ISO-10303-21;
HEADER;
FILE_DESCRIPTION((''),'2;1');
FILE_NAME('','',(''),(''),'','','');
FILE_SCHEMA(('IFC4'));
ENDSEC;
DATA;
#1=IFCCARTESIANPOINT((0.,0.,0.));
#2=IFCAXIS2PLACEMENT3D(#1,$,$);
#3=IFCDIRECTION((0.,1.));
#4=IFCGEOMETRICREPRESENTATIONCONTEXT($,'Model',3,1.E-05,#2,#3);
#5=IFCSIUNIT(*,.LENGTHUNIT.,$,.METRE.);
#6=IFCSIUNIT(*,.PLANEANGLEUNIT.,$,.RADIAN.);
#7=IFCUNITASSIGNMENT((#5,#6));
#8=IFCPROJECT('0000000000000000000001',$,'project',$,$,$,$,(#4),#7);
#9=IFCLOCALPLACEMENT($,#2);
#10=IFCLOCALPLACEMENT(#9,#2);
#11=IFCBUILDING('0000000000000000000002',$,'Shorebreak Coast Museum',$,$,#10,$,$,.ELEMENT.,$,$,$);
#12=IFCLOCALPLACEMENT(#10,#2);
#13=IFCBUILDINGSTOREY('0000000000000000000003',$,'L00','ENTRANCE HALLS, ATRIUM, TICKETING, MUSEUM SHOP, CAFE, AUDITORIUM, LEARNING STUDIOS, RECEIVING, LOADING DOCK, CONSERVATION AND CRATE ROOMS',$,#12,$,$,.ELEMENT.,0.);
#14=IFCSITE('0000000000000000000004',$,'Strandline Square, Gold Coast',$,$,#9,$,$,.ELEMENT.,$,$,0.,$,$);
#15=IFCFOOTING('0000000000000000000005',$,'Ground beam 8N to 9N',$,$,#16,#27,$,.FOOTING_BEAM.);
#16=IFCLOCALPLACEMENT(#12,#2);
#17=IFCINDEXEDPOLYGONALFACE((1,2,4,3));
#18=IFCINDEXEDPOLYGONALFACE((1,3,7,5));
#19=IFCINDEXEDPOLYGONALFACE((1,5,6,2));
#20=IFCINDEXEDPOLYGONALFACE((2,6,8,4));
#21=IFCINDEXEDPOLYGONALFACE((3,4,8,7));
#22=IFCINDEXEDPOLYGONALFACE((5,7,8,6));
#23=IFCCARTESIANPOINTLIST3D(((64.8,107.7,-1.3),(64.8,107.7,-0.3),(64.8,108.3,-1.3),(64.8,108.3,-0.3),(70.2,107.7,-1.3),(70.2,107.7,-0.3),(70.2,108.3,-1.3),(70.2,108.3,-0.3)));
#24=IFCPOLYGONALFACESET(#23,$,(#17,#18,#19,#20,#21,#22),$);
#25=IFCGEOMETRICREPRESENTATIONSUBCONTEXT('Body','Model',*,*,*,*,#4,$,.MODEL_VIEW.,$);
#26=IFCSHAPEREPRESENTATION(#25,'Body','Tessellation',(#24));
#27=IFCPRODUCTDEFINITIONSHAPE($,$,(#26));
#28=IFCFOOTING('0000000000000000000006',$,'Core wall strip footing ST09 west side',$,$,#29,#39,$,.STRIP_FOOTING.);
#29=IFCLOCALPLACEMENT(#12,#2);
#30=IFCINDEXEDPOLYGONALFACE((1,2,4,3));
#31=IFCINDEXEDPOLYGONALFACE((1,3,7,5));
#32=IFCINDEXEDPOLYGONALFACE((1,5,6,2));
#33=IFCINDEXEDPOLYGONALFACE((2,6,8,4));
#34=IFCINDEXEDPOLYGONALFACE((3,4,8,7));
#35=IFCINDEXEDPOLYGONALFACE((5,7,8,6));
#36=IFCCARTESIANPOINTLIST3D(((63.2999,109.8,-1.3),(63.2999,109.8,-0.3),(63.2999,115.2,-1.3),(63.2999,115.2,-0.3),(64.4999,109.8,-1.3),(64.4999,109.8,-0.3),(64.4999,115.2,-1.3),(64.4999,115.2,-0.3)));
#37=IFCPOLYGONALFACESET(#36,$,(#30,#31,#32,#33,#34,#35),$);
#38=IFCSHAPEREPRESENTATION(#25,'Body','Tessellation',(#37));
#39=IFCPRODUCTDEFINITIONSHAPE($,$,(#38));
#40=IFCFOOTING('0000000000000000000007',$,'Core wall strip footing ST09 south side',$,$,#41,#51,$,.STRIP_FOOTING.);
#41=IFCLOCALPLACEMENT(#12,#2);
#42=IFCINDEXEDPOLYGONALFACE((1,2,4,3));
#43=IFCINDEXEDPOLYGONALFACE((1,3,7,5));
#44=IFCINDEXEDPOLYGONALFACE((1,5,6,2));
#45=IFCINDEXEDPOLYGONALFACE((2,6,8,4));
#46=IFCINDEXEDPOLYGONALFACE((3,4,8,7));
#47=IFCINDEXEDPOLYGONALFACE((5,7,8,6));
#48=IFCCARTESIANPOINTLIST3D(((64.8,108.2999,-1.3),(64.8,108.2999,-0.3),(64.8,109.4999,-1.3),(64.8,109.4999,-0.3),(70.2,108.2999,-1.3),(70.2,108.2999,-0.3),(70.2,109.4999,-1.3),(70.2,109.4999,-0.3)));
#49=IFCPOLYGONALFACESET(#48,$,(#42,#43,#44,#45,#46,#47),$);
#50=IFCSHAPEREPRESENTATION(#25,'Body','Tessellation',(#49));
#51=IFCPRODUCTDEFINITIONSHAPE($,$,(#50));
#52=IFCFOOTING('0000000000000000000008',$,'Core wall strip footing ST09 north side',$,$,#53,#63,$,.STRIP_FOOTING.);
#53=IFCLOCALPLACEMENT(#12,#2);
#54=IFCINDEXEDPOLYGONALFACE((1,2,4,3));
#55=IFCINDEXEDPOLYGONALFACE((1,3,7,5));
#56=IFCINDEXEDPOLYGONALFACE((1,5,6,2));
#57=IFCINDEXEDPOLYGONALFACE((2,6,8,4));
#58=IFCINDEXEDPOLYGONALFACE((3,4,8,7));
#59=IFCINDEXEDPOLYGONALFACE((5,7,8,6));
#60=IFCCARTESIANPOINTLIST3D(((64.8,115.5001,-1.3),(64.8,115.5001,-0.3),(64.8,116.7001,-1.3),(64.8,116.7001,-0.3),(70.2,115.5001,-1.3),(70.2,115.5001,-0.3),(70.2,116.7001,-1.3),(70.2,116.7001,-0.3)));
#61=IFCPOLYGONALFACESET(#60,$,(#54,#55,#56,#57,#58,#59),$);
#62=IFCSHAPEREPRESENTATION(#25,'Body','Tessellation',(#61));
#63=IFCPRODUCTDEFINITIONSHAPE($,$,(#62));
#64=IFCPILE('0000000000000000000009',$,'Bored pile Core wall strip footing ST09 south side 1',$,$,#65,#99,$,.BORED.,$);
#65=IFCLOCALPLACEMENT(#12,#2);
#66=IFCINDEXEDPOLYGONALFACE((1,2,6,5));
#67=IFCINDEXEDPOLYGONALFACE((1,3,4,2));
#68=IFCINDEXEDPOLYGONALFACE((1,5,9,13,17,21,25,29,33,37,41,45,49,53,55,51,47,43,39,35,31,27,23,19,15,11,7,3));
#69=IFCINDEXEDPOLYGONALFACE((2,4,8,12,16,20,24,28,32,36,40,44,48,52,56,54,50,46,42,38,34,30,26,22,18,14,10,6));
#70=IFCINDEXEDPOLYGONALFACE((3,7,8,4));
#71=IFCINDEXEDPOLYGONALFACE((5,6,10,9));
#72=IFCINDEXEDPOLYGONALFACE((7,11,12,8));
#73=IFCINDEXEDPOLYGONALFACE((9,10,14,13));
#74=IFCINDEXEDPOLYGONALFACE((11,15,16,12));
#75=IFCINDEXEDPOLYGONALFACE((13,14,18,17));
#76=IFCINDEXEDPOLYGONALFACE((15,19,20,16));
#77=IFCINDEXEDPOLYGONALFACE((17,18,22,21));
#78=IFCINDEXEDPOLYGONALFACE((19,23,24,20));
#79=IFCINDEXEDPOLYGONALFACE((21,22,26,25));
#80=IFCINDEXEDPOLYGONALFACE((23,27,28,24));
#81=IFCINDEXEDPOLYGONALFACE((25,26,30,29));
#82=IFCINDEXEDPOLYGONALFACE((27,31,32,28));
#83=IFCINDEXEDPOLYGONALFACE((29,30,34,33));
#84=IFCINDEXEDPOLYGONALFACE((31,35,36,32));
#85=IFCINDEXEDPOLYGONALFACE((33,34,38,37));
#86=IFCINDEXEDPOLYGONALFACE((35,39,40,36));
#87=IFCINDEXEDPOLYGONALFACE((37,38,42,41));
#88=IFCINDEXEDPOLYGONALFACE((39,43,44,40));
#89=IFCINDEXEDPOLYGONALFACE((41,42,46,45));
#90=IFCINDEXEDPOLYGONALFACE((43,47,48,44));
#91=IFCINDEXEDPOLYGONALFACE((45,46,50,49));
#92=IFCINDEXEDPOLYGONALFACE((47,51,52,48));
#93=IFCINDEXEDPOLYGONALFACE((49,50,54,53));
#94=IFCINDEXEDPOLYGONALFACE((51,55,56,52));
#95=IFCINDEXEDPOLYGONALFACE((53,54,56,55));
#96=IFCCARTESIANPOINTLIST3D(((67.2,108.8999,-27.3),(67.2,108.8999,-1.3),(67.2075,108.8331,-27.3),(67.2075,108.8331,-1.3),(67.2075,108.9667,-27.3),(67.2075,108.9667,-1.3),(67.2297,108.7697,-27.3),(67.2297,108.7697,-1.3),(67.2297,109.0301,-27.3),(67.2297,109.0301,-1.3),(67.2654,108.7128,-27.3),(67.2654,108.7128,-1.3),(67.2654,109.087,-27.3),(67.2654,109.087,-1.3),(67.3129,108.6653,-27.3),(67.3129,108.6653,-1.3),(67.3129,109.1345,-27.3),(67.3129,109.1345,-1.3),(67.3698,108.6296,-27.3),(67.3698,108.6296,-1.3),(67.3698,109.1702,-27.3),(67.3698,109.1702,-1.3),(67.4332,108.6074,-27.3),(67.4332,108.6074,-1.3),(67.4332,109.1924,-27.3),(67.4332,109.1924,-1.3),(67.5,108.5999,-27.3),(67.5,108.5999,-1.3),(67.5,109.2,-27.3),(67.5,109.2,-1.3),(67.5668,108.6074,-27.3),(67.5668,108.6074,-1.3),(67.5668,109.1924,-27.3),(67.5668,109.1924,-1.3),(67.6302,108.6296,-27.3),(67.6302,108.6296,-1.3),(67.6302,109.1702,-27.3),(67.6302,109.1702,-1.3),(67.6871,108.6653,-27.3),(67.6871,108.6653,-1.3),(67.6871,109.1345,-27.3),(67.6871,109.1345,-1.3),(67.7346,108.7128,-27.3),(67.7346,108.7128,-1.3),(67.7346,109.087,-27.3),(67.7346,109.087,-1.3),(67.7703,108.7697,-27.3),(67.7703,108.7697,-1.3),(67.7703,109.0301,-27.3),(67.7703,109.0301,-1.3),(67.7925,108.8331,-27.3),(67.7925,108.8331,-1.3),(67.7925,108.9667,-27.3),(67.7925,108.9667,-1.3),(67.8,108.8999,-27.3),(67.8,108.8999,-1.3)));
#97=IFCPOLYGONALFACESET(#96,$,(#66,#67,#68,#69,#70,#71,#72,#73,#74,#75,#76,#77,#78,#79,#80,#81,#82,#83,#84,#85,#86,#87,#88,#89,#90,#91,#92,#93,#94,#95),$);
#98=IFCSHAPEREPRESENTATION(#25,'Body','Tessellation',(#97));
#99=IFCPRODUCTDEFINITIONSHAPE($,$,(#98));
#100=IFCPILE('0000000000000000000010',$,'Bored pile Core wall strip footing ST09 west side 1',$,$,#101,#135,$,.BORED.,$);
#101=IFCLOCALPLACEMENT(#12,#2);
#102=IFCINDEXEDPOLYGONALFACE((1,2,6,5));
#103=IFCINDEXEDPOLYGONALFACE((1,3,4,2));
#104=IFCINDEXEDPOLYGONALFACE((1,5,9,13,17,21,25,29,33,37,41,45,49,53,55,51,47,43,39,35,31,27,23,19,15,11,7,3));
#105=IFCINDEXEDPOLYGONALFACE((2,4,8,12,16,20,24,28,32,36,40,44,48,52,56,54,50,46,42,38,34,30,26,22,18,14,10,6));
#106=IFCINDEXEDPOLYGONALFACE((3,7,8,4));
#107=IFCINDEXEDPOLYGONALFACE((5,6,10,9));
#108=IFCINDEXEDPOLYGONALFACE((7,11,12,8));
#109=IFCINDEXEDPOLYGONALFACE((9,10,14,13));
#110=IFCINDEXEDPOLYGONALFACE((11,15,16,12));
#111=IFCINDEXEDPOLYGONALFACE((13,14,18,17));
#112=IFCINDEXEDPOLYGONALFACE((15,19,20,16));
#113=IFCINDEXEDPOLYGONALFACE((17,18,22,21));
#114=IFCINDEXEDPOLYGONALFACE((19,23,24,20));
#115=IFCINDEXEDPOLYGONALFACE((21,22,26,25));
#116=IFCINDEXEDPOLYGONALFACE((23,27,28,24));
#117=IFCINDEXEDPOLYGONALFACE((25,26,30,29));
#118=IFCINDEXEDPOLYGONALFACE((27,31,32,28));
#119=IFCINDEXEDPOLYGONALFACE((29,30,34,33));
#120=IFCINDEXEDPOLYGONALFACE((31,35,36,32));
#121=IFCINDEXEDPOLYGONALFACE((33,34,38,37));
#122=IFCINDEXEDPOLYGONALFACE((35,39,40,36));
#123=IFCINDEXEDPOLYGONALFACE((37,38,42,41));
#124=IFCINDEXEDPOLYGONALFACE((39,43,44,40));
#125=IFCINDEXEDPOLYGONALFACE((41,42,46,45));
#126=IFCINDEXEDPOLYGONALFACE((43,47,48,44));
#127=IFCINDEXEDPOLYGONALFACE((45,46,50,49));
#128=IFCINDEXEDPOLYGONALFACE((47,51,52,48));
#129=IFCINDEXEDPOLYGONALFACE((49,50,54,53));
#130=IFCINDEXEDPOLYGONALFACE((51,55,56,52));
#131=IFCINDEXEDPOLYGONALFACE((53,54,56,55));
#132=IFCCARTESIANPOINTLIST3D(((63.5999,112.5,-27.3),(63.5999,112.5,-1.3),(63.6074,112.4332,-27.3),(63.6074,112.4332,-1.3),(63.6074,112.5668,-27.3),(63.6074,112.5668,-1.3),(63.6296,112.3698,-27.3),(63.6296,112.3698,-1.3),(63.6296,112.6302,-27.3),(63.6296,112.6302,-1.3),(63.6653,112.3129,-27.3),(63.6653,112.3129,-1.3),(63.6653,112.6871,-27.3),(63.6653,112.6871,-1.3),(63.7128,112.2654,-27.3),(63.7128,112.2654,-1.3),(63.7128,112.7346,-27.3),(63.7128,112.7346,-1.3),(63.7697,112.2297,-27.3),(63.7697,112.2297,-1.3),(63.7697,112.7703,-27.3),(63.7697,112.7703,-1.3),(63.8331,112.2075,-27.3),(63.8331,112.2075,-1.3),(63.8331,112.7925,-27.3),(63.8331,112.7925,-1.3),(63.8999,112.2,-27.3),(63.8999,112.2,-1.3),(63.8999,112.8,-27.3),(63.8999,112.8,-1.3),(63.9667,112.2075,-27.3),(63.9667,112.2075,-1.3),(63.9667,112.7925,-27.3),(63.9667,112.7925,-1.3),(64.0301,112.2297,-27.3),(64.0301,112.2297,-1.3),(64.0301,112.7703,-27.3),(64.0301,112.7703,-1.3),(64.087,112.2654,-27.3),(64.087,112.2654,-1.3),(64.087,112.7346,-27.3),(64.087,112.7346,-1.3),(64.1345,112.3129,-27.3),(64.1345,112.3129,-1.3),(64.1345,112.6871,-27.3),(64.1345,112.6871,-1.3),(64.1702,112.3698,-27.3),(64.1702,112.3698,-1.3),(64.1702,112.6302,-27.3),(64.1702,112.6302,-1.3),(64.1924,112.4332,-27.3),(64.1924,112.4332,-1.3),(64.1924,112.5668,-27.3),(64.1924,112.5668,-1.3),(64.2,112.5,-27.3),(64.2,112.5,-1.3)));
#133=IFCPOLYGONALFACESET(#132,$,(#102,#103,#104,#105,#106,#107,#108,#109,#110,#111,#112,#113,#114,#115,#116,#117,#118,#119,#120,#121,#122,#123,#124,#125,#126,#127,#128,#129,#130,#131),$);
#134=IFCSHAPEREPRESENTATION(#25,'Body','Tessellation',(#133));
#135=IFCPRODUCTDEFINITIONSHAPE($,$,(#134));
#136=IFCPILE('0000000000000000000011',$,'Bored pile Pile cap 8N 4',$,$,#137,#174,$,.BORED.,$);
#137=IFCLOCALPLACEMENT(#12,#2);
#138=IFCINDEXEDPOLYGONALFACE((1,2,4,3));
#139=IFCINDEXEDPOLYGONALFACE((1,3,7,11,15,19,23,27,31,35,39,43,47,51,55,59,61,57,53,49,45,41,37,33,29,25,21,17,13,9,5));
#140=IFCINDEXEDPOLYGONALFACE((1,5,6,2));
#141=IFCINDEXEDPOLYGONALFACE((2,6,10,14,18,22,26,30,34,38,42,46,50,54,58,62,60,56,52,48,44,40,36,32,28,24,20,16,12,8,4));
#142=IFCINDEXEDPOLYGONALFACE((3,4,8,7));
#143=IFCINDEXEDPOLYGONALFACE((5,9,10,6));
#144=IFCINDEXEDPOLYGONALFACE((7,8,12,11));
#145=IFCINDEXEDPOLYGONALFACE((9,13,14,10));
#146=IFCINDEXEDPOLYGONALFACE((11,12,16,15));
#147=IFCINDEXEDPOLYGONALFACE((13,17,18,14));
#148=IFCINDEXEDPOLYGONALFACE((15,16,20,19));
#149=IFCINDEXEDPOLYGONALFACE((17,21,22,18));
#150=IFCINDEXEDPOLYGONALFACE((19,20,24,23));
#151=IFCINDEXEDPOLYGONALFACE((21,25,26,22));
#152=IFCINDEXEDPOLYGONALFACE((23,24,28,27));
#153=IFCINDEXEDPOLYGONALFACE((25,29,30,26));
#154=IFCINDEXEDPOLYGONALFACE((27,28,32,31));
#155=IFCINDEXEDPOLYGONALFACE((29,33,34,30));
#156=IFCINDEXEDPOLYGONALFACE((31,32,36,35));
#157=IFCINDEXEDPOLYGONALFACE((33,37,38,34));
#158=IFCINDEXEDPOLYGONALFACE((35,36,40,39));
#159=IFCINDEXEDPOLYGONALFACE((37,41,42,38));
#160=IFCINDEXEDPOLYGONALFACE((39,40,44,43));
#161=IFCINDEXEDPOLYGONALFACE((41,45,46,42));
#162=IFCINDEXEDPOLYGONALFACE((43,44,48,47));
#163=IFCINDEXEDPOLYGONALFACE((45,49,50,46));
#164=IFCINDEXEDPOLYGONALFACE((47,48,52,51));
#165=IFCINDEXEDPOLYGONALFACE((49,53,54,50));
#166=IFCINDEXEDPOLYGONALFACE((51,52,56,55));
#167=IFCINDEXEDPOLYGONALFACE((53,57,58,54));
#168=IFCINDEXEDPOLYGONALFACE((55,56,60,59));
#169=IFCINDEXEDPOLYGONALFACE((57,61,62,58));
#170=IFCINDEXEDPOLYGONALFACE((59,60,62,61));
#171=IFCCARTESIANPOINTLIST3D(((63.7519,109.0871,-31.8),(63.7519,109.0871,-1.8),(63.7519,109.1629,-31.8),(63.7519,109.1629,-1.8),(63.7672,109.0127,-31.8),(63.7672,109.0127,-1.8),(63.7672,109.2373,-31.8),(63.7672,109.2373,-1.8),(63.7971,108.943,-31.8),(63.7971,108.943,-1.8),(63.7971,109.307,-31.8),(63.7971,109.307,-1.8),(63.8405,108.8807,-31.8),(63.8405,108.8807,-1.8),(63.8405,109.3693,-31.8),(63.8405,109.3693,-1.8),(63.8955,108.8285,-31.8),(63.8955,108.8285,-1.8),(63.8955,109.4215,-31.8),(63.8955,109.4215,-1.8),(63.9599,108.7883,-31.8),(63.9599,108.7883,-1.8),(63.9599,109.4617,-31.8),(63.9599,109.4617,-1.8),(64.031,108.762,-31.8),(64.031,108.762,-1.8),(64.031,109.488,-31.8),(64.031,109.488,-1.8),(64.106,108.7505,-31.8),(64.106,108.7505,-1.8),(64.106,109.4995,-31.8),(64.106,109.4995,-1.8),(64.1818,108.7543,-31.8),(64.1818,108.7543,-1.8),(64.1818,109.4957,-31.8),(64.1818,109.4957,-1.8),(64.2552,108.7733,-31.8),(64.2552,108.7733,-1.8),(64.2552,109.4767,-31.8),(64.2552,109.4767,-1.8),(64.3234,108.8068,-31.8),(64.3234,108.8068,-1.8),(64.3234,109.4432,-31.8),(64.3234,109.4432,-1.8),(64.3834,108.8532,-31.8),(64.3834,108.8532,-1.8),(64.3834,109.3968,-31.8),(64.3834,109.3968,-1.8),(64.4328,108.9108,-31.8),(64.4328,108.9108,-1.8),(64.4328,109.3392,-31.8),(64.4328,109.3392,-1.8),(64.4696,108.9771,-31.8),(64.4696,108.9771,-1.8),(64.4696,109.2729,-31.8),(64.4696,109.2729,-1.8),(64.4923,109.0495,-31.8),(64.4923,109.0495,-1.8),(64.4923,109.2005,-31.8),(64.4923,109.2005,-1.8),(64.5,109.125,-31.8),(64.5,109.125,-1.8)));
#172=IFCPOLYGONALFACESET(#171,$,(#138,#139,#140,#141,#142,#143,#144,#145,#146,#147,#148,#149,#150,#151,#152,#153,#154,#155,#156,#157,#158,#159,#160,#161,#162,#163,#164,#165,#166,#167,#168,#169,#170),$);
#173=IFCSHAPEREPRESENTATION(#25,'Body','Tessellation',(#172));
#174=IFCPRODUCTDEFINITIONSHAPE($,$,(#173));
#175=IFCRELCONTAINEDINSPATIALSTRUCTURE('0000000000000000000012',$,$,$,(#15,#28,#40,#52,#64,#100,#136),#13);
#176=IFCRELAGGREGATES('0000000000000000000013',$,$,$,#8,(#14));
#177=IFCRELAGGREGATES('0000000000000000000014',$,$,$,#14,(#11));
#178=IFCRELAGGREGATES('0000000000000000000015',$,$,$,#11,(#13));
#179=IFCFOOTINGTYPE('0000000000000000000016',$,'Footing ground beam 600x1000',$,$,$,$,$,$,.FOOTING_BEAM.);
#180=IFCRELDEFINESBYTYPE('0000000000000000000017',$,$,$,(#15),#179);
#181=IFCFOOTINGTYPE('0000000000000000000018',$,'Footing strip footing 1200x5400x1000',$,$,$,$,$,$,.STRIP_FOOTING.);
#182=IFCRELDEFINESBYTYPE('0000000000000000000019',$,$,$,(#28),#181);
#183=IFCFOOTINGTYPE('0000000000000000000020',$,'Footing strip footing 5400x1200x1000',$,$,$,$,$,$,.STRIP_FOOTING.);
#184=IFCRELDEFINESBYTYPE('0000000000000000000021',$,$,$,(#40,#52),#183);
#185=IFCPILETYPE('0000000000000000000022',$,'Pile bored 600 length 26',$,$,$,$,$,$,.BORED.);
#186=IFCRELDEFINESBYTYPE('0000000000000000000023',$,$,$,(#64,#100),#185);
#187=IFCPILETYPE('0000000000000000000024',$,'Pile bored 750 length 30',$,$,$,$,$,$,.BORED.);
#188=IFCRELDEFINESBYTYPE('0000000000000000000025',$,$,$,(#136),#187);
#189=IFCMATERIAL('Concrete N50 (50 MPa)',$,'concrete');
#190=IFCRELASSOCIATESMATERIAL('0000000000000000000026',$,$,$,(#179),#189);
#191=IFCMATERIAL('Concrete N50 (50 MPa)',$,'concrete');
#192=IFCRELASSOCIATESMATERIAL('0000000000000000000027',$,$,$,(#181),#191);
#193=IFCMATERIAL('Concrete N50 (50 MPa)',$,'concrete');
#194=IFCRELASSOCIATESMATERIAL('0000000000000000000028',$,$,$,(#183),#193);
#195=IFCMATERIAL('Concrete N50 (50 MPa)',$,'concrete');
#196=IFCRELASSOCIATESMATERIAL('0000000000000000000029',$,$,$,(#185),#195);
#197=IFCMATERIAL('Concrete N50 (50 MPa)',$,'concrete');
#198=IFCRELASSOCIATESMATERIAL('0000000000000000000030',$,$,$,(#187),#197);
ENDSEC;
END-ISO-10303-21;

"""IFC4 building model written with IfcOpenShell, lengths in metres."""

from ifc_helpers import new_model, si_unit, direction, frame, origin, origin_2d, place, context, subcontext, project, spatial, rectangle, circle, extrude, material, material_profile, profile_set, type_object, element, save


model = new_model("IFC4")

# Units and contexts
model_context = context("Model", 3, precision=1e-05, world=origin(), true_north=direction((0.0, 1.0)))
body_context = subcontext(model_context, "Body", "Model", "MODEL_VIEW")
ifc_project = project(units=[si_unit("LENGTHUNIT", "METRE"), si_unit("PLANEANGLEUNIT", "RADIAN")], contexts=[model_context])

# Site, building, storey
site_placement = place(None, origin())
site = spatial("IfcSite", under=ifc_project, at=site_placement, Name="Strandline Square, Gold Coast", CompositionType="ELEMENT", RefElevation=0.0)
building_placement = place(site_placement, origin())
building = spatial("IfcBuilding", under=site, at=building_placement, Name="Shorebreak Coast Museum", CompositionType="ELEMENT")
storey_placement = place(building_placement, origin())
storey = spatial("IfcBuildingStorey", under=building, at=storey_placement, Name="L00", Description="ENTRANCE HALLS, ATRIUM, TICKETING, MUSEUM SHOP, CAFE, AUDITORIUM, LEARNING STUDIOS, RECEIVING, LOADING DOCK, CONSERVATION AND CRATE ROOMS", CompositionType="ELEMENT", Elevation=0.0)

# Footings
ifc_material_1 = material(Name="Concrete N50 (50 MPa)", Category="concrete")
footing_type_1 = type_object("IfcFootingType", Name="Footing ground beam 600x1000", PredefinedType="FOOTING_BEAM", material=ifc_material_1)
footing_1_placement = place(storey_placement, frame((67.5, 108.0, -1.3), z_axis=(0.0, 0.0, 1.0), x_axis=(1.0, 0.0, 0.0)))
element("IfcFooting", 1, at=footing_1_placement, inside=storey, type_object=footing_type_1, Name="Ground beam 8N to 9N", PredefinedType="FOOTING_BEAM", context=body_context, shape_type="SweptSolid", body=[
    extrude(rectangle(XDim=5.3999, YDim=0.6001, at=origin_2d()), origin(), (0.0, 0.0, 1.0), 1.0),
])
ifc_material_2 = material(Name="Concrete N50 (50 MPa)", Category="concrete")
footing_type_2 = type_object("IfcFootingType", Name="Footing strip footing 1200x5400x1000", PredefinedType="STRIP_FOOTING", material=ifc_material_2)
footing_2_placement = place(storey_placement, frame((63.8999, 112.5, -1.3), z_axis=(0.0, 0.0, 1.0), x_axis=(1.0, 0.0, 0.0)))
element("IfcFooting", 2, at=footing_2_placement, inside=storey, type_object=footing_type_2, Name="Core wall strip footing ST09 west side", PredefinedType="STRIP_FOOTING", context=body_context, shape_type="SweptSolid", body=[
    extrude(rectangle(XDim=1.2, YDim=5.3999, at=origin_2d()), origin(), (0.0, 0.0, 1.0), 1.0),
])
ifc_material_3 = material(Name="Concrete N50 (50 MPa)", Category="concrete")
footing_type_3 = type_object("IfcFootingType", Name="Footing strip footing 5400x1200x1000", PredefinedType="STRIP_FOOTING", material=ifc_material_3)
for number, where, z_axis, x_axis, name in (
    (3, (67.5, 108.8999, -1.3), (0.0, 0.0, 1.0), (1.0, 0.0, 0.0), "Core wall strip footing ST09 south side"),
    (4, (67.5, 116.1001, -1.3), (0.0, 0.0, 1.0), (1.0, 0.0, 0.0), "Core wall strip footing ST09 north side"),
):
    element("IfcFooting", number, at=place(storey_placement, frame(where, z_axis=z_axis, x_axis=x_axis)), inside=storey, type_object=footing_type_3, Name=name, PredefinedType="STRIP_FOOTING", context=body_context, shape_type="SweptSolid", body=[
        extrude(rectangle(XDim=5.3999, YDim=1.2, at=origin_2d()), origin(), (0.0, 0.0, 1.0), 1.0),
    ])

# Piles
ifc_material_4 = material(Name="Concrete N50 (50 MPa)", Category="concrete")
ifc_material_profile_1 = material_profile(ifc_material_4, circle(Radius=0.3, at=origin_2d()), Name="Pile bored 600 length 26")
ifc_profile_set_1 = profile_set([ifc_material_profile_1], Name="Concrete N50 (50 MPa)")
pile_type_1 = type_object("IfcPileType", Name="Pile bored 600 length 26", PredefinedType="BORED", material=ifc_profile_set_1)
for number, where, z_axis, x_axis, name in (
    (5, (67.5, 108.8999, -1.3), (0.0, 0.0, -1.0), (1.0, 0.0, 0.0), "Bored pile Core wall strip footing ST09 south side 1"),
    (6, (63.8999, 112.5, -1.3), (0.0, 0.0, -1.0), (1.0, 0.0, 0.0), "Bored pile Core wall strip footing ST09 west side 1"),
):
    element("IfcPile", number, at=place(storey_placement, frame(where, z_axis=z_axis, x_axis=x_axis)), inside=storey, type_object=pile_type_1, Name=name, PredefinedType="BORED", context=body_context, shape_type="SweptSolid", body=[
        extrude(circle(Radius=0.3, at=origin_2d()), origin(), (0.0, 0.0, 1.0), 26.0),
    ])
ifc_material_5 = material(Name="Concrete N50 (50 MPa)", Category="concrete")
ifc_material_profile_2 = material_profile(ifc_material_5, circle(Radius=0.375, at=origin_2d()), Name="Pile bored 750 length 30")
ifc_profile_set_2 = profile_set([ifc_material_profile_2], Name="Concrete N50 (50 MPa)")
pile_type_2 = type_object("IfcPileType", Name="Pile bored 750 length 30", PredefinedType="BORED", material=ifc_profile_set_2)
for number, where, z_axis, x_axis, name in (
    (7, (64.125, 109.125, -1.8), (0.0, 0.0, -1.0), (1.0, 0.0, 0.0), "Bored pile Pile cap 8N 4"),
):
    element("IfcPile", number, at=place(storey_placement, frame(where, z_axis=z_axis, x_axis=x_axis)), inside=storey, type_object=pile_type_2, Name=name, PredefinedType="BORED", context=body_context, shape_type="SweptSolid", body=[
        extrude(circle(Radius=0.375, at=origin_2d()), origin(), (0.0, 0.0, 1.0), 30.0),
    ])

save(model, "model.ifc")
